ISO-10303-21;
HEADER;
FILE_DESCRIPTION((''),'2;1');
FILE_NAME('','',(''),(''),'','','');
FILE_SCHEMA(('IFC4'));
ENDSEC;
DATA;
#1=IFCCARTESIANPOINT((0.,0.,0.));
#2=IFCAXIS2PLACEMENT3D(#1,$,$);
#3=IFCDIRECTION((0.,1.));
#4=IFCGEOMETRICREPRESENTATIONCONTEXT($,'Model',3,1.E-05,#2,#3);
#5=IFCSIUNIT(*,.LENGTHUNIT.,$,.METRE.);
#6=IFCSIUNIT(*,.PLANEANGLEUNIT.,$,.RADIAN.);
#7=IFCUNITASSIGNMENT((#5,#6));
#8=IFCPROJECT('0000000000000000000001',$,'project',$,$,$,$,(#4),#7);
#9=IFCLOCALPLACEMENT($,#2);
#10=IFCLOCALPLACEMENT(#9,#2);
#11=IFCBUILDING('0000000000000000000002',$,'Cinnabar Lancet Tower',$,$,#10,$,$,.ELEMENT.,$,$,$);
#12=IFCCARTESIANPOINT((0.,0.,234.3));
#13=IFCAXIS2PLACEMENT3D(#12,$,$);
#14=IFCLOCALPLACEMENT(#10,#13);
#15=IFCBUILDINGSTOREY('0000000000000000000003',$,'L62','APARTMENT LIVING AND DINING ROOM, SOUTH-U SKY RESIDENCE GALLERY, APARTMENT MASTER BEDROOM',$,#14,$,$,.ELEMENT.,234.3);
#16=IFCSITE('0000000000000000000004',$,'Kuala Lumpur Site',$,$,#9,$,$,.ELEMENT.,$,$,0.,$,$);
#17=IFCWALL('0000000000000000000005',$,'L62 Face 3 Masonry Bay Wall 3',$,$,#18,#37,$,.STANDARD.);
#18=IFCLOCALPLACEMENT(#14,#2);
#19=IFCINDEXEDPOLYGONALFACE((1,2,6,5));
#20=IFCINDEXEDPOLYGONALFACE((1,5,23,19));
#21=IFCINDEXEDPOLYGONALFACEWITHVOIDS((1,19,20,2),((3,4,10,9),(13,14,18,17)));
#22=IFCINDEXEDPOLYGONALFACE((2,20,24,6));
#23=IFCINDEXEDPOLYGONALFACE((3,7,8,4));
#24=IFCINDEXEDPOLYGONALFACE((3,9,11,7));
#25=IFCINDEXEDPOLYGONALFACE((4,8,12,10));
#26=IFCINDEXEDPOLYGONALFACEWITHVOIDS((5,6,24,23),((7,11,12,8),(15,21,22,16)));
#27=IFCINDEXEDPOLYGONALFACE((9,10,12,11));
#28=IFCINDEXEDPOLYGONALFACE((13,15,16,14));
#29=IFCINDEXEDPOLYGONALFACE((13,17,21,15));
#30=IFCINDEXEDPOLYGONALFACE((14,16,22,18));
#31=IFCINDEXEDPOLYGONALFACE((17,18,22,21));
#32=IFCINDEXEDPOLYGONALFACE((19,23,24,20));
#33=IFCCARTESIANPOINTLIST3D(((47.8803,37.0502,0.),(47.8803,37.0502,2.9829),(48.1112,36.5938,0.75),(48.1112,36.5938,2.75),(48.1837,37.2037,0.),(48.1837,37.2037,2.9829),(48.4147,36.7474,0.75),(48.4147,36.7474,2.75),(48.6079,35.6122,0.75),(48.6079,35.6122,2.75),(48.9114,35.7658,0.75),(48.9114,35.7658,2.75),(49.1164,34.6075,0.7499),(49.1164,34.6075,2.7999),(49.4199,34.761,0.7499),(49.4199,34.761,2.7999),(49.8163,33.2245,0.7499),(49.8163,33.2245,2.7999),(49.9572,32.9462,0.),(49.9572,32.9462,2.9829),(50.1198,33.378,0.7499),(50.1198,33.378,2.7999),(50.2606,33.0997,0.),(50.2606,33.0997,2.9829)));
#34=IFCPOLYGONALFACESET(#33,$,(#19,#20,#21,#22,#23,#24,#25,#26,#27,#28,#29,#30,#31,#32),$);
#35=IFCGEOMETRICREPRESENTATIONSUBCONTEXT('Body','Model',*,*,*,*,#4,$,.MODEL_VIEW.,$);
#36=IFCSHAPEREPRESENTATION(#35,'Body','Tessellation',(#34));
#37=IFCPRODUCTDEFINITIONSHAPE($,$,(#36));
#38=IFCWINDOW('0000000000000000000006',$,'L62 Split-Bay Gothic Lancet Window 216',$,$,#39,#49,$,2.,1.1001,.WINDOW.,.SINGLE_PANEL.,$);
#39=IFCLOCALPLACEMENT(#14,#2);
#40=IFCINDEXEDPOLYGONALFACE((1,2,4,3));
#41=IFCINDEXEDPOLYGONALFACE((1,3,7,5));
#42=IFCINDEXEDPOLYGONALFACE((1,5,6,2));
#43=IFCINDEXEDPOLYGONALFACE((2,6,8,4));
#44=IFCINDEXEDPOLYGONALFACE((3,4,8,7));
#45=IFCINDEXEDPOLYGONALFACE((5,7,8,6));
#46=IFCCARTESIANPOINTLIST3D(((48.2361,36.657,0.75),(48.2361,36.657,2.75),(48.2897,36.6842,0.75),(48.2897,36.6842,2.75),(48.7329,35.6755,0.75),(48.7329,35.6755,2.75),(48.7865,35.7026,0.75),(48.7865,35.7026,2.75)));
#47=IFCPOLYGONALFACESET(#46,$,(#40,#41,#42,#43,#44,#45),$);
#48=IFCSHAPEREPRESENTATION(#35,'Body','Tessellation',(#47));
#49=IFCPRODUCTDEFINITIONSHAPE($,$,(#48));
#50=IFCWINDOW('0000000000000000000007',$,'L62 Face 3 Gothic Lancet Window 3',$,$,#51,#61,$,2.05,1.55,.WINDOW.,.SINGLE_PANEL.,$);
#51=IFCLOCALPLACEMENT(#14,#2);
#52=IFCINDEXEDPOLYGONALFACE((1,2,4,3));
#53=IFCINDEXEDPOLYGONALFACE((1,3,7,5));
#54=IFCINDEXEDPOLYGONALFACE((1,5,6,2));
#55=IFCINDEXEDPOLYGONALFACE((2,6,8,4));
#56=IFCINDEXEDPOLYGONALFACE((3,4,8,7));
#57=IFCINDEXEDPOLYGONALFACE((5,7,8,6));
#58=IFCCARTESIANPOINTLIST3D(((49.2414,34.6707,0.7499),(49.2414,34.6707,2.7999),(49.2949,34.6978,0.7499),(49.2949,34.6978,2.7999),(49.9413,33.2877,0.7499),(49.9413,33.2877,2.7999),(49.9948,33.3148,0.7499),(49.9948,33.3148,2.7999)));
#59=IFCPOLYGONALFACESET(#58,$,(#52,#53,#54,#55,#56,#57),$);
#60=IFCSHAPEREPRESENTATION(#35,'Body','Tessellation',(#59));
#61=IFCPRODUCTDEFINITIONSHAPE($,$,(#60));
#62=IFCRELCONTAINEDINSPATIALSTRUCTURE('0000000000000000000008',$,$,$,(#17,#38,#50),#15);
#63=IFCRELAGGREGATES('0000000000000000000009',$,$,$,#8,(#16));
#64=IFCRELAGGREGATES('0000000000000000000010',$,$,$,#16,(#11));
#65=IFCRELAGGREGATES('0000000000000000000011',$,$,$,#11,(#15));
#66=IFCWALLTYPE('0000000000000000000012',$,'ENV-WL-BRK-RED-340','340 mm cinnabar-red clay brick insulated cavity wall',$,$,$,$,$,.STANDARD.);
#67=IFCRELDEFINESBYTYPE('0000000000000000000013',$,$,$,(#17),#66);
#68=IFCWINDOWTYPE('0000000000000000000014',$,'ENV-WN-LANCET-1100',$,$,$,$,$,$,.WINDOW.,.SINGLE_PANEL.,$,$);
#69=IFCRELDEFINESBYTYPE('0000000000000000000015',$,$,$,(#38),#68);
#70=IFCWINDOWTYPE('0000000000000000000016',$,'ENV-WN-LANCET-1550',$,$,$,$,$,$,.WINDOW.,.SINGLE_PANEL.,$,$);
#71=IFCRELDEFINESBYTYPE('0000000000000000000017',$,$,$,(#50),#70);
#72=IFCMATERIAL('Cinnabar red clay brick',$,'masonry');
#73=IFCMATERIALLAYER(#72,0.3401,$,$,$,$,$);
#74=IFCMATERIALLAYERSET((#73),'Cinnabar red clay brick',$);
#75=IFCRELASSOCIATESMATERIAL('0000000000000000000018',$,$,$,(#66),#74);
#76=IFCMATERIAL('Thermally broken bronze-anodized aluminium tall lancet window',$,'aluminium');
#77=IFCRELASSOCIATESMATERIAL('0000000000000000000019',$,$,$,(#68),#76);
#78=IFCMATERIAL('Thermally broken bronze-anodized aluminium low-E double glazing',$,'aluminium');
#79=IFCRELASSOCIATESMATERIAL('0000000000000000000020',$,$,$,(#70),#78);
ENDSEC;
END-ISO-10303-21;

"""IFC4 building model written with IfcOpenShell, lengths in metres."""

from ifc_helpers import new_model, si_unit, direction, frame, frame_2d, origin, place, context, subcontext, project, spatial, rectangle, extrude, material, layer, layer_set, type_object, element, fill, save


model = new_model("IFC4")

# Units and contexts
model_context = context("Model", 3, precision=1e-05, world=origin(), true_north=direction((0.0, 1.0)))
body_context = subcontext(model_context, "Body", "Model", "MODEL_VIEW")
ifc_project = project(units=[si_unit("LENGTHUNIT", "METRE"), si_unit("PLANEANGLEUNIT", "RADIAN")], contexts=[model_context])

# Site, building, storey
site_placement = place(None, origin())
site = spatial("IfcSite", under=ifc_project, at=site_placement, Name="Kuala Lumpur Site", CompositionType="ELEMENT", RefElevation=0.0)
building_placement = place(site_placement, origin())
building = spatial("IfcBuilding", under=site, at=building_placement, Name="Cinnabar Lancet Tower", CompositionType="ELEMENT")
storey_placement = place(building_placement, frame((0.0, 0.0, 234.3)))
storey = spatial("IfcBuildingStorey", under=building, at=storey_placement, Name="L62", Description="APARTMENT LIVING AND DINING ROOM, SOUTH-U SKY RESIDENCE GALLERY, APARTMENT MASTER BEDROOM", CompositionType="ELEMENT", Elevation=234.3)

# Shared definitions
ifc_material_1 = material(Name="Cinnabar red clay brick", Category="masonry")
ifc_layer_1 = layer(ifc_material_1, 0.3401)
ifc_layer_set_1 = layer_set([ifc_layer_1], Name="Cinnabar red clay brick")
wall_type_1 = type_object("IfcWallType", Name="ENV-WL-BRK-RED-340", Description="340 mm cinnabar-red clay brick insulated cavity wall", PredefinedType="STANDARD", material=ifc_layer_set_1)

# Shared definitions
ifc_material_2 = material(Name="Thermally broken bronze-anodized aluminium tall lancet window", Category="aluminium")
window_type_1 = type_object("IfcWindowType", Name="ENV-WN-LANCET-1100", PartitioningType="SINGLE_PANEL", PredefinedType="WINDOW", material=ifc_material_2)

# Wall, openings, windows
wall_1_placement = place(storey_placement, frame((50.1089, 33.0229, 0.0), z_axis=(0.0, 0.0, 1.0), x_axis=(-0.45154, 0.892251, 0.0)))
wall_1 = element("IfcWall", 1, at=wall_1_placement, inside=storey, type_object=wall_type_1, Name="L62 Face 3 Masonry Bay Wall 3", PredefinedType="STANDARD", context=body_context, shape_type="SweptSolid", body=[
    extrude(rectangle(XDim=4.5996, YDim=0.3401, at=frame_2d((2.2998, 0.0))), origin(), (0.0, 0.0, 1.0), 2.9829),
])
opening_1_placement = place(wall_1_placement, frame((0.312, 0.0, 0.75)))
opening_1 = element("IfcOpeningElement", 2, at=opening_1_placement, cuts=wall_1, PredefinedType="OPENING", context=body_context, shape_type="SweptSolid", body=[
    extrude(rectangle(XDim=1.55, YDim=2.05, at=frame_2d((0.7749, 1.0249))), frame((0.0, 0.1799, 0.0), z_axis=(0.0, -1.0, 0.0), x_axis=(1.0, 0.0, 0.0)), (0.0, 0.0, 1.0), 0.3601),
])
opening_2_placement = place(wall_1_placement, frame((2.988, 0.0, 0.75)))
opening_2 = element("IfcOpeningElement", 3, at=opening_2_placement, cuts=wall_1, PredefinedType="OPENING", context=body_context, shape_type="SweptSolid", body=[
    extrude(rectangle(XDim=1.1001, YDim=2.0, at=frame_2d((0.55, 1.0))), frame((0.0, 0.1799, 0.0), z_axis=(0.0, -1.0, 0.0), x_axis=(1.0, 0.0, 0.0)), (0.0, 0.0, 1.0), 0.3601),
])
window_1_placement = place(opening_2_placement, origin())
window_1 = element("IfcWindow", 4, at=window_1_placement, inside=storey, type_object=window_type_1, Name="L62 Split-Bay Gothic Lancet Window 216", OverallHeight=2.0, OverallWidth=1.1001, PartitioningType="SINGLE_PANEL", PredefinedType="WINDOW", context=body_context, shape_type="SweptSolid", body=[
    extrude(rectangle(XDim=1.1001, YDim=2.0, at=frame_2d((0.55, 1.0))), frame((0.0, 0.03, 0.0), z_axis=(0.0, -1.0, 0.0), x_axis=(1.0, 0.0, 0.0)), (0.0, 0.0, 1.0), 0.0601),
])
fill(opening_2, window_1)
ifc_material_3 = material(Name="Thermally broken bronze-anodized aluminium low-E double glazing", Category="aluminium")
window_type_2 = type_object("IfcWindowType", Name="ENV-WN-LANCET-1550", PartitioningType="SINGLE_PANEL", PredefinedType="WINDOW", material=ifc_material_3)
window_2_placement = place(opening_1_placement, origin())
window_2 = element("IfcWindow", 5, at=window_2_placement, inside=storey, type_object=window_type_2, Name="L62 Face 3 Gothic Lancet Window 3", OverallHeight=2.05, OverallWidth=1.55, PartitioningType="SINGLE_PANEL", PredefinedType="WINDOW", context=body_context, shape_type="SweptSolid", body=[
    extrude(rectangle(XDim=1.55, YDim=2.05, at=frame_2d((0.7749, 1.0249))), frame((0.0, 0.03, 0.0), z_axis=(0.0, -1.0, 0.0), x_axis=(1.0, 0.0, 0.0)), (0.0, 0.0, 1.0), 0.0601),
])
fill(opening_1, window_2)

save(model, "model.ifc")
